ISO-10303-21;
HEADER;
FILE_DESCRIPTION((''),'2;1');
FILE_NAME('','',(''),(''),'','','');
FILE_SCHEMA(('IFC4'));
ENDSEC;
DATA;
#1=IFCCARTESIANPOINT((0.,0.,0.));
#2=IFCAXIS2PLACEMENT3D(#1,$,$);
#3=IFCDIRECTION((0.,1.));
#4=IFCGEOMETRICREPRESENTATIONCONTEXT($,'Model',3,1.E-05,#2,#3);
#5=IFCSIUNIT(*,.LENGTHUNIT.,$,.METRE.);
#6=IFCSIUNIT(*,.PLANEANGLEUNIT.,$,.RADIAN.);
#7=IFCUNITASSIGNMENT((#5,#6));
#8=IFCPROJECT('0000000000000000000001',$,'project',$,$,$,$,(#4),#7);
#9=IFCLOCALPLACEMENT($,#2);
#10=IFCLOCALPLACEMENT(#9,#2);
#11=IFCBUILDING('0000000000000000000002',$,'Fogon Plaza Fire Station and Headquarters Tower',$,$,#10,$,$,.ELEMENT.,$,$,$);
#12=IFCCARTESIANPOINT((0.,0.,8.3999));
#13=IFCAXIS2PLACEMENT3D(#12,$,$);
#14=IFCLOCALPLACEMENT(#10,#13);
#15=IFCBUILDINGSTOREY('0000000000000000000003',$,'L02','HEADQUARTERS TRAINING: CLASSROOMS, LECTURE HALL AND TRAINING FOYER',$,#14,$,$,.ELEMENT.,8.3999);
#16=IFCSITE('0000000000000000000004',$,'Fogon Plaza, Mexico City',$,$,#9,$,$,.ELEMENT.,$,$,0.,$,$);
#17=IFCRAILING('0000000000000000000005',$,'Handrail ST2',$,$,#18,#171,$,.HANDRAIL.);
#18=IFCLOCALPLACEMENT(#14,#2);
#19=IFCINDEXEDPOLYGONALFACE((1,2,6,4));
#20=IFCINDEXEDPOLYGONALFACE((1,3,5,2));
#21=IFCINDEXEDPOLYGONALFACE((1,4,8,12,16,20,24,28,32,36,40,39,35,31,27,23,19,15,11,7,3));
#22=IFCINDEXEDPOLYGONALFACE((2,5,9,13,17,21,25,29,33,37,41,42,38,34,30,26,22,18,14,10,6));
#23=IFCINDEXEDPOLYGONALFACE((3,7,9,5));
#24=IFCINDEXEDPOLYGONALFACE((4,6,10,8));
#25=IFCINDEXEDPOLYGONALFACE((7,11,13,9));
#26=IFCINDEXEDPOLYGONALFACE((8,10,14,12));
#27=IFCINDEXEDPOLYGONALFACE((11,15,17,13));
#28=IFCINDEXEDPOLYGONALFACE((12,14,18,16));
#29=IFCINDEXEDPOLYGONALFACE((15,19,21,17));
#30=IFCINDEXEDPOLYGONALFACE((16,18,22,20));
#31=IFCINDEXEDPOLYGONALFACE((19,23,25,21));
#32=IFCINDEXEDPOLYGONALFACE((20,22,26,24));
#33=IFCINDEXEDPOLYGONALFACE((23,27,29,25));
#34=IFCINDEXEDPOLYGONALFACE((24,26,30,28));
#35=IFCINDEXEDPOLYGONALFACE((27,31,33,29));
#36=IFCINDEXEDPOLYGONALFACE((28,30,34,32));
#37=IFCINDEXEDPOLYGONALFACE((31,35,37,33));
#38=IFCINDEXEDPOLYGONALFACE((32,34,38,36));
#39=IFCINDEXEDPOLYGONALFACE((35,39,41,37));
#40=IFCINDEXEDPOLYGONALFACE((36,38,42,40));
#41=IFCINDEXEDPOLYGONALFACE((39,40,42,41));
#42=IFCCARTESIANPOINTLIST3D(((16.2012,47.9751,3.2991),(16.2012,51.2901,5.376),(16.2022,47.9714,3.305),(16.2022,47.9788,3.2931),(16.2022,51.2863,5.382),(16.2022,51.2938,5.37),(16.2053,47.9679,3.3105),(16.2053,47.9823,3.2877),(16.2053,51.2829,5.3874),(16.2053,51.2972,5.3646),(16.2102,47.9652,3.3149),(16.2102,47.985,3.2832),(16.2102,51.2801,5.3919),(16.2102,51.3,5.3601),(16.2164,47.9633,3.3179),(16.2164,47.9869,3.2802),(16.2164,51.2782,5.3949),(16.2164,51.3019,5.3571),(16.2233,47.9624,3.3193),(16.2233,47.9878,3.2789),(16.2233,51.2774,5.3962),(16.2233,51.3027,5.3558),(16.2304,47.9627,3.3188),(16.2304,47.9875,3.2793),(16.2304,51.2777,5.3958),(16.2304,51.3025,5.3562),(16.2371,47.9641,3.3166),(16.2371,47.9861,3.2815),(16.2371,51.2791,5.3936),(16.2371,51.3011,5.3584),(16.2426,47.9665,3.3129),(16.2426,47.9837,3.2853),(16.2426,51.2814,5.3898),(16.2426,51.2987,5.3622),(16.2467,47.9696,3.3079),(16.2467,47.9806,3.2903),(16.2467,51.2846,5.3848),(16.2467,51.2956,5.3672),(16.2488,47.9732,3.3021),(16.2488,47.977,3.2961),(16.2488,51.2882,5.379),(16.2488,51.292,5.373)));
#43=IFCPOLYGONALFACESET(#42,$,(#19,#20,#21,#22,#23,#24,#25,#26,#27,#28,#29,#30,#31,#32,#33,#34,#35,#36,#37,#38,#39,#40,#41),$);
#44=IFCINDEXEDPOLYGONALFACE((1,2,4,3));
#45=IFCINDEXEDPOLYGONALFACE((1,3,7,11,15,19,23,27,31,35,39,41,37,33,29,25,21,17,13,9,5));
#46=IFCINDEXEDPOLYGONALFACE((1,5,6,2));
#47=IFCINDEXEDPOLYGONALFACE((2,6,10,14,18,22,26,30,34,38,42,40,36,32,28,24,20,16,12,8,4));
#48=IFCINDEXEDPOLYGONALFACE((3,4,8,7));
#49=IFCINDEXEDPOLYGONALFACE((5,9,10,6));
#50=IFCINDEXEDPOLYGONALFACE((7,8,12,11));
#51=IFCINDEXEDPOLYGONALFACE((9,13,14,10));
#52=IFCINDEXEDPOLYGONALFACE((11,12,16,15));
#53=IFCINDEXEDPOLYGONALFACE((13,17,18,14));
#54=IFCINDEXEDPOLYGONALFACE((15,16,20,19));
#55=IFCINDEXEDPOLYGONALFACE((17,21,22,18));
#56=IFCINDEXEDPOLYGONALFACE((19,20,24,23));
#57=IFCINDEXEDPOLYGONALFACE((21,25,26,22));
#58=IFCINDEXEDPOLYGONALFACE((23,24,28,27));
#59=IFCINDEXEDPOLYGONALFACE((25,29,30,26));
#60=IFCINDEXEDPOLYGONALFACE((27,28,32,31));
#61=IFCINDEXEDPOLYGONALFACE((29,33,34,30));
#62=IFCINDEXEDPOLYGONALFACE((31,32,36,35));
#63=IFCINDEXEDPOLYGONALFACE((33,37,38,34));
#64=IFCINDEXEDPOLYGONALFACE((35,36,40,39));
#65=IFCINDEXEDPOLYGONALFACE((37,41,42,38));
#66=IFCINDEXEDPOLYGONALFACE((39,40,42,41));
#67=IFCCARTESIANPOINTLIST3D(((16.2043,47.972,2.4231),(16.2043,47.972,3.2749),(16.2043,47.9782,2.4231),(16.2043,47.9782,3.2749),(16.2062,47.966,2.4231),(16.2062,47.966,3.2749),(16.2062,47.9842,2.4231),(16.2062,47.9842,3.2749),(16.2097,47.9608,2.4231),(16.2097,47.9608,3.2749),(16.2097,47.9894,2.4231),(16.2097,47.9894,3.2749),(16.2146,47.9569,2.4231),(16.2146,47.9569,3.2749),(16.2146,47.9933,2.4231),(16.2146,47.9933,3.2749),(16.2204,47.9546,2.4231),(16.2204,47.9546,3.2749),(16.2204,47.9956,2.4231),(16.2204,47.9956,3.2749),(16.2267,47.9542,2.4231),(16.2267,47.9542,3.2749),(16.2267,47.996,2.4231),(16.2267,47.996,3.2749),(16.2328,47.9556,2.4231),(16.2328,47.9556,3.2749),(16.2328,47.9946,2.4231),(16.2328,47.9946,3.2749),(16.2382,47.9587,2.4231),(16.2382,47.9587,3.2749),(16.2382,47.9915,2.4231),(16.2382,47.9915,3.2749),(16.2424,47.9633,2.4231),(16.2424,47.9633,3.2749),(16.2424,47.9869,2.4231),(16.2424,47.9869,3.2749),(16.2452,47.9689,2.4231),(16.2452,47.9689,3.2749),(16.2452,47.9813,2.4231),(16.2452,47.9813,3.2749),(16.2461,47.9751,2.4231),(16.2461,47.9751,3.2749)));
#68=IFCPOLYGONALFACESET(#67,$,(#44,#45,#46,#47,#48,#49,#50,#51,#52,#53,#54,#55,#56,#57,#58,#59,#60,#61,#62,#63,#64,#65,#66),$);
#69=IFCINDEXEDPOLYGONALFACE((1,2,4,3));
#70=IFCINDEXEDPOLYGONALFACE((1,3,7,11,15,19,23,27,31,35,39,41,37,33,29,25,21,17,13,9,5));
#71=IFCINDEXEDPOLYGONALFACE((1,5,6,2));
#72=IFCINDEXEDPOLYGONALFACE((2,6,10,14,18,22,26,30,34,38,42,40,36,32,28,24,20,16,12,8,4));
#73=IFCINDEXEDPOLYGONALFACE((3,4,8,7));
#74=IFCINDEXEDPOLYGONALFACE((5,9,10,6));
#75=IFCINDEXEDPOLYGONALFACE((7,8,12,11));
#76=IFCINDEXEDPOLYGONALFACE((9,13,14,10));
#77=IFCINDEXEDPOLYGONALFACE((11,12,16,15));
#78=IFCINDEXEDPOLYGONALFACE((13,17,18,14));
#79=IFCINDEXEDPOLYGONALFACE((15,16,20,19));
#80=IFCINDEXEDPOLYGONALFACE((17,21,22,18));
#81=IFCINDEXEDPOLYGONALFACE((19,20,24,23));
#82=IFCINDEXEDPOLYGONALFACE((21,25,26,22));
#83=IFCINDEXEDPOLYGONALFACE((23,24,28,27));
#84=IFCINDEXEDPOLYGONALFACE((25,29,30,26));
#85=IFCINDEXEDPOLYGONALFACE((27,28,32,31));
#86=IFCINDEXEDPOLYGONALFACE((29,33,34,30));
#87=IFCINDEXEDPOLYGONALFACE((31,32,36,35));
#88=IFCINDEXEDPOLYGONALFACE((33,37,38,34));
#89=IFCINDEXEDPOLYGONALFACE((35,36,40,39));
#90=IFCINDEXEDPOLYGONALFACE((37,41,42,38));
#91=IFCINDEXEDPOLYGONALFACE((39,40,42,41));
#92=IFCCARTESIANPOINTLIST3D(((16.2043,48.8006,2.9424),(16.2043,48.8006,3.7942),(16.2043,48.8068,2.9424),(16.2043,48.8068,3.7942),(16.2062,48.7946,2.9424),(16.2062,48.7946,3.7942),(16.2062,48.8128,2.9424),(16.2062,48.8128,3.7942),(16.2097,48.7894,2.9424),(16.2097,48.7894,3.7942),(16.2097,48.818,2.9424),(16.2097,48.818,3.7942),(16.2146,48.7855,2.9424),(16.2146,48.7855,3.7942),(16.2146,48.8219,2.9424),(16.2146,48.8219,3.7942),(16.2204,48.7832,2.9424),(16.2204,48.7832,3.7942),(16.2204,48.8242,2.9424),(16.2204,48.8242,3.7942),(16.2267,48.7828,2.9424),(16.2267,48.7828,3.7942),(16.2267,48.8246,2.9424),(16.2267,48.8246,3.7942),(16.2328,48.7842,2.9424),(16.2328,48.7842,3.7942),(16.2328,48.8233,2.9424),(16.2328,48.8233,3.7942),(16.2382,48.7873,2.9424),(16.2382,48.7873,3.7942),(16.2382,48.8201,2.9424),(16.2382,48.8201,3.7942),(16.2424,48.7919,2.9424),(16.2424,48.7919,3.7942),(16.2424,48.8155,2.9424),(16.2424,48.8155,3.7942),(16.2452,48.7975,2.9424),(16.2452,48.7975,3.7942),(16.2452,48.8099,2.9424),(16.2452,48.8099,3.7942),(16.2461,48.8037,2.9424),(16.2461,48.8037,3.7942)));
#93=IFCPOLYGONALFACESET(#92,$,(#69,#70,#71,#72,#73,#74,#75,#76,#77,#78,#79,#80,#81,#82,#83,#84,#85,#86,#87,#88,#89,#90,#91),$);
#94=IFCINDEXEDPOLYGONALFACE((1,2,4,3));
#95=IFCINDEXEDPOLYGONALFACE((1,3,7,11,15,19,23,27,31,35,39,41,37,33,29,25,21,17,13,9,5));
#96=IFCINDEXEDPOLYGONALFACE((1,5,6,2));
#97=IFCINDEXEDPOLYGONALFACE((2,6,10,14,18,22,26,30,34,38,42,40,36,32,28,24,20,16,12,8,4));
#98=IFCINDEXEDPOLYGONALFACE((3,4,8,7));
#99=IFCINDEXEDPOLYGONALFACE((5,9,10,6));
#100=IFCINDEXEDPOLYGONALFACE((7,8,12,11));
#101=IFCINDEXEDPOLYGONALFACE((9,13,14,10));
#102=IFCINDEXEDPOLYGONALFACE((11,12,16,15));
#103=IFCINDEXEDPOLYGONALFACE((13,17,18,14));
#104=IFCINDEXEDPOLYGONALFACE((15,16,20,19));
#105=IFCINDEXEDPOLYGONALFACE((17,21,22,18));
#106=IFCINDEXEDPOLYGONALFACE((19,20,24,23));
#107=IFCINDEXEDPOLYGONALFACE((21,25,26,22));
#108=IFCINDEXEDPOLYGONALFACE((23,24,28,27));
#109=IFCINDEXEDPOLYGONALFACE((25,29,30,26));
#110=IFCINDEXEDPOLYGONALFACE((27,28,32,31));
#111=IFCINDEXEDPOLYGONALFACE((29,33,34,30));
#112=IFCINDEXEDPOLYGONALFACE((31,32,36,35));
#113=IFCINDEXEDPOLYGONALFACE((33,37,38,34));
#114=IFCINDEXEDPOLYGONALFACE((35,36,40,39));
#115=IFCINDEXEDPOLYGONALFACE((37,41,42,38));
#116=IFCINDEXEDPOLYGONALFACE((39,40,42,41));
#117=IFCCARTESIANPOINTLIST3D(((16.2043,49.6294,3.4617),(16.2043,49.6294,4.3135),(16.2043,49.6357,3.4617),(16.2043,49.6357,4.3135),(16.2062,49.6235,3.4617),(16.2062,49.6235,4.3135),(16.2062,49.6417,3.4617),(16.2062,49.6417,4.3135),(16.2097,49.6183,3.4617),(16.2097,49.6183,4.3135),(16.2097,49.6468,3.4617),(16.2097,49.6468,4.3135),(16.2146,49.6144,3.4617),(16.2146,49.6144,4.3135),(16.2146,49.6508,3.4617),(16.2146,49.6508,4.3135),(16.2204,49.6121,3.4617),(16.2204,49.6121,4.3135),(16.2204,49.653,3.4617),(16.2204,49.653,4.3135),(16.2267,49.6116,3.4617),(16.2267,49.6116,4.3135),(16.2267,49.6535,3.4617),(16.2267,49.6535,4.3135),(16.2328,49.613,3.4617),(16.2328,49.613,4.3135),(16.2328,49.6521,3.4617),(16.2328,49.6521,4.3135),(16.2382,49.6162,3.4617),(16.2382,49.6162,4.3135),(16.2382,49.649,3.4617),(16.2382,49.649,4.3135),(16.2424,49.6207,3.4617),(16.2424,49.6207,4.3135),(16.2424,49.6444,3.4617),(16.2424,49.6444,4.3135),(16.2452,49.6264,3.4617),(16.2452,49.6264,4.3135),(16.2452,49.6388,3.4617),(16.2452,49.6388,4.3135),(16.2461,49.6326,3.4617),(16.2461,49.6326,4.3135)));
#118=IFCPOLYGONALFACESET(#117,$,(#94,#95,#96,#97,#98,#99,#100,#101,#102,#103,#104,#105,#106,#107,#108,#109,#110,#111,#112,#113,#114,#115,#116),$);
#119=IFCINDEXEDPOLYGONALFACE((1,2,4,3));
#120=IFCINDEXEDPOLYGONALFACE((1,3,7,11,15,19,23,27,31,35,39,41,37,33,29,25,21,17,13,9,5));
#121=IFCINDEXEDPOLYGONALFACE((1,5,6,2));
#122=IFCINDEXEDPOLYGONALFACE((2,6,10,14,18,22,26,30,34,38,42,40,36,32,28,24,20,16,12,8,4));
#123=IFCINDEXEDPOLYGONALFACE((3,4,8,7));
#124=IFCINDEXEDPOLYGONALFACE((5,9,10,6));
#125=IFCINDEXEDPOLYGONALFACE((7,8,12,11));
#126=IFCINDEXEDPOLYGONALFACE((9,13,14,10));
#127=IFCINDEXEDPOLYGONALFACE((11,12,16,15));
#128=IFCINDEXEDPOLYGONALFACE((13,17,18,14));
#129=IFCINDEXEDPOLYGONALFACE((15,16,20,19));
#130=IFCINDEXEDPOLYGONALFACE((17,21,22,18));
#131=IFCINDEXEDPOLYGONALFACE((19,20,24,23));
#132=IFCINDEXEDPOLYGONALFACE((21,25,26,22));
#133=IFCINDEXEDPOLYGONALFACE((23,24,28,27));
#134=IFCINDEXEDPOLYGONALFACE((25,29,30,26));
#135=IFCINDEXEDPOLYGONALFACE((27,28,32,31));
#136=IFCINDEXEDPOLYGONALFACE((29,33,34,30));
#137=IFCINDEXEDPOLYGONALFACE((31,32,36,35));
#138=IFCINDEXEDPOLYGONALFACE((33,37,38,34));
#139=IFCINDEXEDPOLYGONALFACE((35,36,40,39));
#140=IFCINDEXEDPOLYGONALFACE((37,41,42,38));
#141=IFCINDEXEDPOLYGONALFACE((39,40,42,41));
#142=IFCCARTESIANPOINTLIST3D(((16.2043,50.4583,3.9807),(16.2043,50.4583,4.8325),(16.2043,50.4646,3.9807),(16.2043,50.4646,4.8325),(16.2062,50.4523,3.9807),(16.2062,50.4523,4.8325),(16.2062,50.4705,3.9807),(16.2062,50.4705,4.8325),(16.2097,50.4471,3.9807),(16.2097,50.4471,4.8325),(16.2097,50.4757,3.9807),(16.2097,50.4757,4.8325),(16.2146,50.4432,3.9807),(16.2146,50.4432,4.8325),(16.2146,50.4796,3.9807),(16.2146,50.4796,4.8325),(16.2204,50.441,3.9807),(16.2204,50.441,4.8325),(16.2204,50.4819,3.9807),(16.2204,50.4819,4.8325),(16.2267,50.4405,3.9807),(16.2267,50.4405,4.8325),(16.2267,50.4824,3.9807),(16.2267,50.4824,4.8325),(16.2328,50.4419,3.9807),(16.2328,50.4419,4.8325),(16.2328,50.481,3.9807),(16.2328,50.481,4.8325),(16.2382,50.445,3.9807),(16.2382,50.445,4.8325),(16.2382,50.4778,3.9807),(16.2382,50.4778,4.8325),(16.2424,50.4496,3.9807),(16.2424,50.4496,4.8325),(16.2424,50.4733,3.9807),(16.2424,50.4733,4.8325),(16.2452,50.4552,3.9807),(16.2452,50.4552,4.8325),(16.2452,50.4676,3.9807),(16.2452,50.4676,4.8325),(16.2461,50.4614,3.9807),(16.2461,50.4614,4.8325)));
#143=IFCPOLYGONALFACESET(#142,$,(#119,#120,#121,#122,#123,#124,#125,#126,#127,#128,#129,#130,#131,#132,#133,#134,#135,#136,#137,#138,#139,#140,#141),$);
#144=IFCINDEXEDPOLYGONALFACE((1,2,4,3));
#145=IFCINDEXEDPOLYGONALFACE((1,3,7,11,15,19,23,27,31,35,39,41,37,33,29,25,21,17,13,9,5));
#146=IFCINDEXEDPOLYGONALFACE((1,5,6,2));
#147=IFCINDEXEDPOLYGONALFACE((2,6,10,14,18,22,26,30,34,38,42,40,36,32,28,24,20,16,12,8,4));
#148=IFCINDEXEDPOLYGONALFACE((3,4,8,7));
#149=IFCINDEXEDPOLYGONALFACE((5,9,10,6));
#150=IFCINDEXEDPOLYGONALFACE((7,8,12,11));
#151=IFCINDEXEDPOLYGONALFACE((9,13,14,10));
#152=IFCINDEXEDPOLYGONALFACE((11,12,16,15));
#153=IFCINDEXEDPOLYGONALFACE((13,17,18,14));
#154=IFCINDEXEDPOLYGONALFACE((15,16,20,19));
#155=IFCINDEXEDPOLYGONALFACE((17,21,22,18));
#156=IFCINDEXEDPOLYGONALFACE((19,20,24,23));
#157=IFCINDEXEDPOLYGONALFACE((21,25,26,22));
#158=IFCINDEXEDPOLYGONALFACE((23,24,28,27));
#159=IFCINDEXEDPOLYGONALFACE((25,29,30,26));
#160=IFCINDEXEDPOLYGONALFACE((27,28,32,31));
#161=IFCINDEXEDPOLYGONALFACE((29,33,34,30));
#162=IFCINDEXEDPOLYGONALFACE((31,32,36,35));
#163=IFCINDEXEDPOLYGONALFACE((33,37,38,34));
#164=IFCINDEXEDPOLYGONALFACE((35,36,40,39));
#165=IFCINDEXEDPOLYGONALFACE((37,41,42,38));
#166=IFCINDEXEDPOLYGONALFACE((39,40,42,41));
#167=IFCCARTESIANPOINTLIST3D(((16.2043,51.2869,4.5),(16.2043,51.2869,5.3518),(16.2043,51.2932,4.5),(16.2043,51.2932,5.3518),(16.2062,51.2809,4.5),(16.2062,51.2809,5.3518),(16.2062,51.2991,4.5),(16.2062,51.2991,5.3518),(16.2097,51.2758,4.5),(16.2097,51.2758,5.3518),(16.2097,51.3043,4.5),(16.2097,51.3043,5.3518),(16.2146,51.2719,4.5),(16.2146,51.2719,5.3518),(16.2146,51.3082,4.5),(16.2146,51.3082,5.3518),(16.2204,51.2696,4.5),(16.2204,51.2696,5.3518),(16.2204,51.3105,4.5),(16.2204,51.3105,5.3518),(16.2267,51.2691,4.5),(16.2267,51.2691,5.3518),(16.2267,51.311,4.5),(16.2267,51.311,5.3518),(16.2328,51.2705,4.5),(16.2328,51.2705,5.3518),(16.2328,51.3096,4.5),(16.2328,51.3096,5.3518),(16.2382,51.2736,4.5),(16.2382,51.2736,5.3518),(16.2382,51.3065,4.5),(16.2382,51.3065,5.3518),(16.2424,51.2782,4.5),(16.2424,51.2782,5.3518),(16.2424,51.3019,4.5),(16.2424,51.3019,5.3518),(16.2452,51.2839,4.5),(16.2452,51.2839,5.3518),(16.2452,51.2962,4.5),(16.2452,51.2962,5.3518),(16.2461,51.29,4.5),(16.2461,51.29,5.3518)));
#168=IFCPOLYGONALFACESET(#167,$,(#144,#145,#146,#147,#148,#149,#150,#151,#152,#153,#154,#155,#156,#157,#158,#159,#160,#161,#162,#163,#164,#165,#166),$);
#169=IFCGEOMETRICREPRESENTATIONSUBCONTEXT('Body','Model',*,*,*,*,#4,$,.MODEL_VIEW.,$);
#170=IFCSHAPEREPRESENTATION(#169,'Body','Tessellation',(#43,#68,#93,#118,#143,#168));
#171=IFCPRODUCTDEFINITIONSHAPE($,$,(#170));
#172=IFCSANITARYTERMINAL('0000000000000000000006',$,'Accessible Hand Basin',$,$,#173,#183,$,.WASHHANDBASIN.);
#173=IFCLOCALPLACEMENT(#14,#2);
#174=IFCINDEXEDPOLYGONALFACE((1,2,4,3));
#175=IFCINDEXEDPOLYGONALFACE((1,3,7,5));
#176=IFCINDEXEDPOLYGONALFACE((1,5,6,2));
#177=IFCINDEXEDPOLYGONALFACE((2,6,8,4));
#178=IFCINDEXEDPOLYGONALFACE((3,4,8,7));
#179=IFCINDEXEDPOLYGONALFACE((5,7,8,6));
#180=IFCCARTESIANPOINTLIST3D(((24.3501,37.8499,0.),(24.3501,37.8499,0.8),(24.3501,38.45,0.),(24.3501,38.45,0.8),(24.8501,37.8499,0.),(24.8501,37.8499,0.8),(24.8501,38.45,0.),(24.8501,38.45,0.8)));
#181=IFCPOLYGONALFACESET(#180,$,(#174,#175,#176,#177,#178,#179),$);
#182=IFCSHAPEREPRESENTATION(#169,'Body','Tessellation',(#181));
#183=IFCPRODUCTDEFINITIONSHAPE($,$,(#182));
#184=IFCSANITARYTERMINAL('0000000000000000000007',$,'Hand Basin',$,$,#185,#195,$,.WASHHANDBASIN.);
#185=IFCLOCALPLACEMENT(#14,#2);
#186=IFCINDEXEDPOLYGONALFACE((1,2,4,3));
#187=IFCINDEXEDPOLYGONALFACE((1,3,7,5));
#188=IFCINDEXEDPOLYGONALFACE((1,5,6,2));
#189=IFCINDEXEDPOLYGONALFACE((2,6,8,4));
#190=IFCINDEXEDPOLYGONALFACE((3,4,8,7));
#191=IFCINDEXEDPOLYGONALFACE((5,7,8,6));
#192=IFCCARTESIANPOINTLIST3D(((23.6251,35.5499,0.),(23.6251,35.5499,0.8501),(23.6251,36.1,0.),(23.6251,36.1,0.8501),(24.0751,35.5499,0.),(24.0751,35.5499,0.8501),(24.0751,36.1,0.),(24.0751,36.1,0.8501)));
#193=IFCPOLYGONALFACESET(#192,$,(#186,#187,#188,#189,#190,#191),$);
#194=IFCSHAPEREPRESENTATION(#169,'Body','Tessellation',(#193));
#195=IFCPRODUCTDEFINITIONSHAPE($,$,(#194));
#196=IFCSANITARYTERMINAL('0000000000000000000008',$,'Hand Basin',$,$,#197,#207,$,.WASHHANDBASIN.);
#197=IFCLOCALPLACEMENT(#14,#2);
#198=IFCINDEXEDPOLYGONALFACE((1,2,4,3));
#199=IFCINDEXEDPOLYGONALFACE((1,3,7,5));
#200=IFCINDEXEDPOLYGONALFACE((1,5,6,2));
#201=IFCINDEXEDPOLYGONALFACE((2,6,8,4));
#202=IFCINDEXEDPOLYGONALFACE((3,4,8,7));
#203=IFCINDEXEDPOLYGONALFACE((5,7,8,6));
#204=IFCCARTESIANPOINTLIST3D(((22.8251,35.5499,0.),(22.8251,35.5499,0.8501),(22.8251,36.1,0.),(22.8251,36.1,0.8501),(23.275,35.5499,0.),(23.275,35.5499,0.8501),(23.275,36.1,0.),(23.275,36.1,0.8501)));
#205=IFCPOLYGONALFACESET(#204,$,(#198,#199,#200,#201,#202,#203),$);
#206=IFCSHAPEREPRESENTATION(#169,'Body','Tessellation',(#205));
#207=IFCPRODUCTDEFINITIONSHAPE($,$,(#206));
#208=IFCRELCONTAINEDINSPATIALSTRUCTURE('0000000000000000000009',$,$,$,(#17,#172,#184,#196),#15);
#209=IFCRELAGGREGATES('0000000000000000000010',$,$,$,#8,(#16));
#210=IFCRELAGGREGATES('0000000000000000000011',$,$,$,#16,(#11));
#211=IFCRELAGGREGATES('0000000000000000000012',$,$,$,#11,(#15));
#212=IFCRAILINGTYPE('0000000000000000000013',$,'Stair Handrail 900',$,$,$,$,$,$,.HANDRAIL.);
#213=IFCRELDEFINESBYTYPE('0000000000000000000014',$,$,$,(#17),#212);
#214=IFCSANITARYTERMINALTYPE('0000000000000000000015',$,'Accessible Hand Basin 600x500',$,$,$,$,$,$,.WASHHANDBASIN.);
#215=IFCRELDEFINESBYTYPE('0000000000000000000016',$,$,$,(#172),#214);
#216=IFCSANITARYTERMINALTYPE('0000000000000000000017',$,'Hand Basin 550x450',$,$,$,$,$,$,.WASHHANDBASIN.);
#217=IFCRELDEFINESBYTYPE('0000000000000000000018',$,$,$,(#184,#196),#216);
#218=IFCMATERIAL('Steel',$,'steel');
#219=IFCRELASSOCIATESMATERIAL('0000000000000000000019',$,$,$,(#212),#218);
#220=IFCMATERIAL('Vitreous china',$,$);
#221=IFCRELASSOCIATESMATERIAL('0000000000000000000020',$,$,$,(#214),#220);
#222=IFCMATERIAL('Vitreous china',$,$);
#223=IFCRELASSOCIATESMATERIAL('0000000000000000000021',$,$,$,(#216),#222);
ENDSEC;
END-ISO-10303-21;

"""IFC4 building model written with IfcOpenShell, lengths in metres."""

from ifc_helpers import new_model, si_unit, direction, frame, origin, origin_2d, place, context, subcontext, project, spatial, rectangle, circle, extrude, material, type_object, element, save


model = new_model("IFC4")

# Units and contexts
model_context = context("Model", 3, precision=1e-05, world=origin(), true_north=direction((0.0, 1.0)))
body_context = subcontext(model_context, "Body", "Model", "MODEL_VIEW")
ifc_project = project(units=[si_unit("LENGTHUNIT", "METRE"), si_unit("PLANEANGLEUNIT", "RADIAN")], contexts=[model_context])

# Site, building, storey
site_placement = place(None, origin())
site = spatial("IfcSite", under=ifc_project, at=site_placement, Name="Fogon Plaza, Mexico City", CompositionType="ELEMENT", RefElevation=0.0)
building_placement = place(site_placement, origin())
building = spatial("IfcBuilding", under=site, at=building_placement, Name="Fogon Plaza Fire Station and Headquarters Tower", CompositionType="ELEMENT")
storey_placement = place(building_placement, frame((0.0, 0.0, 8.3999)))
storey = spatial("IfcBuildingStorey", under=building, at=storey_placement, Name="L02", Description="HEADQUARTERS TRAINING: CLASSROOMS, LECTURE HALL AND TRAINING FOYER", CompositionType="ELEMENT", Elevation=8.3999)

# Railing
ifc_material_1 = material(Name="Steel", Category="steel")
railing_type = type_object("IfcRailingType", Name="Stair Handrail 900", PredefinedType="HANDRAIL", material=ifc_material_1)
railing_placement = place(storey_placement, frame((16.2251, 47.9751, 2.4231)))
element("IfcRailing", 1, at=railing_placement, inside=storey, type_object=railing_type, Name="Handrail ST2", PredefinedType="HANDRAIL", context=body_context, shape_type="SweptSolid", body=[
    extrude(circle(Radius=0.0239, at=origin_2d()), frame((0.0, 0.0, 0.876), z_axis=(0.0, 0.847416, 0.53093), x_axis=(-1.0, 0.0, 0.0)), (0.0, 0.0, 1.0), 3.9119),
    extrude(circle(Radius=0.021, at=origin_2d()), origin(), (0.0, 0.0, 1.0), 0.8518),
    extrude(circle(Radius=0.021, at=origin_2d()), frame((0.0, 0.8286, 0.5193)), (0.0, 0.0, 1.0), 0.8518),
    extrude(circle(Radius=0.021, at=origin_2d()), frame((0.0, 1.6575, 1.0386)), (0.0, 0.0, 1.0), 0.8518),
    extrude(circle(Radius=0.021, at=origin_2d()), frame((0.0, 2.4863, 1.5576)), (0.0, 0.0, 1.0), 0.8518),
    extrude(circle(Radius=0.021, at=origin_2d()), frame((0.0, 3.3149, 2.0769)), (0.0, 0.0, 1.0), 0.8518),
])

# Sanitary terminals
ifc_material_2 = material(Name="Vitreous china")
sanitary_terminal_type_1 = type_object("IfcSanitaryTerminalType", Name="Accessible Hand Basin 600x500", PredefinedType="WASHHANDBASIN", material=ifc_material_2)
sanitary_terminal_placement = place(storey_placement, frame((24.6001, 38.1499, 0.0), z_axis=(0.0, 0.0, 1.0), x_axis=(1.0, 0.0, 0.0)))
element("IfcSanitaryTerminal", 2, at=sanitary_terminal_placement, inside=storey, type_object=sanitary_terminal_type_1, Name="Accessible Hand Basin", PredefinedType="WASHHANDBASIN", context=body_context, shape_type="SweptSolid", body=[
    extrude(rectangle(XDim=0.5, YDim=0.6001, at=origin_2d()), origin(), (0.0, 0.0, 1.0), 0.8),
])
ifc_material_3 = material(Name="Vitreous china")
sanitary_terminal_type_2 = type_object("IfcSanitaryTerminalType", Name="Hand Basin 550x450", PredefinedType="WASHHANDBASIN", material=ifc_material_3)
for number, where, z_axis, x_axis, name in (
    (3, (23.8501, 35.825, 0.0), (0.0, 0.0, 1.0), (1.0, 0.0, 0.0), "Hand Basin"),
    (4, (23.05, 35.825, 0.0), (0.0, 0.0, 1.0), (1.0, 0.0, 0.0), "Hand Basin"),
):
    element("IfcSanitaryTerminal", number, at=place(storey_placement, frame(where, z_axis=z_axis, x_axis=x_axis)), inside=storey, type_object=sanitary_terminal_type_2, Name=name, PredefinedType="WASHHANDBASIN", context=body_context, shape_type="SweptSolid", body=[
        extrude(rectangle(XDim=0.45, YDim=0.55, at=origin_2d()), origin(), (0.0, 0.0, 1.0), 0.8501),
    ])

save(model, "model.ifc")
